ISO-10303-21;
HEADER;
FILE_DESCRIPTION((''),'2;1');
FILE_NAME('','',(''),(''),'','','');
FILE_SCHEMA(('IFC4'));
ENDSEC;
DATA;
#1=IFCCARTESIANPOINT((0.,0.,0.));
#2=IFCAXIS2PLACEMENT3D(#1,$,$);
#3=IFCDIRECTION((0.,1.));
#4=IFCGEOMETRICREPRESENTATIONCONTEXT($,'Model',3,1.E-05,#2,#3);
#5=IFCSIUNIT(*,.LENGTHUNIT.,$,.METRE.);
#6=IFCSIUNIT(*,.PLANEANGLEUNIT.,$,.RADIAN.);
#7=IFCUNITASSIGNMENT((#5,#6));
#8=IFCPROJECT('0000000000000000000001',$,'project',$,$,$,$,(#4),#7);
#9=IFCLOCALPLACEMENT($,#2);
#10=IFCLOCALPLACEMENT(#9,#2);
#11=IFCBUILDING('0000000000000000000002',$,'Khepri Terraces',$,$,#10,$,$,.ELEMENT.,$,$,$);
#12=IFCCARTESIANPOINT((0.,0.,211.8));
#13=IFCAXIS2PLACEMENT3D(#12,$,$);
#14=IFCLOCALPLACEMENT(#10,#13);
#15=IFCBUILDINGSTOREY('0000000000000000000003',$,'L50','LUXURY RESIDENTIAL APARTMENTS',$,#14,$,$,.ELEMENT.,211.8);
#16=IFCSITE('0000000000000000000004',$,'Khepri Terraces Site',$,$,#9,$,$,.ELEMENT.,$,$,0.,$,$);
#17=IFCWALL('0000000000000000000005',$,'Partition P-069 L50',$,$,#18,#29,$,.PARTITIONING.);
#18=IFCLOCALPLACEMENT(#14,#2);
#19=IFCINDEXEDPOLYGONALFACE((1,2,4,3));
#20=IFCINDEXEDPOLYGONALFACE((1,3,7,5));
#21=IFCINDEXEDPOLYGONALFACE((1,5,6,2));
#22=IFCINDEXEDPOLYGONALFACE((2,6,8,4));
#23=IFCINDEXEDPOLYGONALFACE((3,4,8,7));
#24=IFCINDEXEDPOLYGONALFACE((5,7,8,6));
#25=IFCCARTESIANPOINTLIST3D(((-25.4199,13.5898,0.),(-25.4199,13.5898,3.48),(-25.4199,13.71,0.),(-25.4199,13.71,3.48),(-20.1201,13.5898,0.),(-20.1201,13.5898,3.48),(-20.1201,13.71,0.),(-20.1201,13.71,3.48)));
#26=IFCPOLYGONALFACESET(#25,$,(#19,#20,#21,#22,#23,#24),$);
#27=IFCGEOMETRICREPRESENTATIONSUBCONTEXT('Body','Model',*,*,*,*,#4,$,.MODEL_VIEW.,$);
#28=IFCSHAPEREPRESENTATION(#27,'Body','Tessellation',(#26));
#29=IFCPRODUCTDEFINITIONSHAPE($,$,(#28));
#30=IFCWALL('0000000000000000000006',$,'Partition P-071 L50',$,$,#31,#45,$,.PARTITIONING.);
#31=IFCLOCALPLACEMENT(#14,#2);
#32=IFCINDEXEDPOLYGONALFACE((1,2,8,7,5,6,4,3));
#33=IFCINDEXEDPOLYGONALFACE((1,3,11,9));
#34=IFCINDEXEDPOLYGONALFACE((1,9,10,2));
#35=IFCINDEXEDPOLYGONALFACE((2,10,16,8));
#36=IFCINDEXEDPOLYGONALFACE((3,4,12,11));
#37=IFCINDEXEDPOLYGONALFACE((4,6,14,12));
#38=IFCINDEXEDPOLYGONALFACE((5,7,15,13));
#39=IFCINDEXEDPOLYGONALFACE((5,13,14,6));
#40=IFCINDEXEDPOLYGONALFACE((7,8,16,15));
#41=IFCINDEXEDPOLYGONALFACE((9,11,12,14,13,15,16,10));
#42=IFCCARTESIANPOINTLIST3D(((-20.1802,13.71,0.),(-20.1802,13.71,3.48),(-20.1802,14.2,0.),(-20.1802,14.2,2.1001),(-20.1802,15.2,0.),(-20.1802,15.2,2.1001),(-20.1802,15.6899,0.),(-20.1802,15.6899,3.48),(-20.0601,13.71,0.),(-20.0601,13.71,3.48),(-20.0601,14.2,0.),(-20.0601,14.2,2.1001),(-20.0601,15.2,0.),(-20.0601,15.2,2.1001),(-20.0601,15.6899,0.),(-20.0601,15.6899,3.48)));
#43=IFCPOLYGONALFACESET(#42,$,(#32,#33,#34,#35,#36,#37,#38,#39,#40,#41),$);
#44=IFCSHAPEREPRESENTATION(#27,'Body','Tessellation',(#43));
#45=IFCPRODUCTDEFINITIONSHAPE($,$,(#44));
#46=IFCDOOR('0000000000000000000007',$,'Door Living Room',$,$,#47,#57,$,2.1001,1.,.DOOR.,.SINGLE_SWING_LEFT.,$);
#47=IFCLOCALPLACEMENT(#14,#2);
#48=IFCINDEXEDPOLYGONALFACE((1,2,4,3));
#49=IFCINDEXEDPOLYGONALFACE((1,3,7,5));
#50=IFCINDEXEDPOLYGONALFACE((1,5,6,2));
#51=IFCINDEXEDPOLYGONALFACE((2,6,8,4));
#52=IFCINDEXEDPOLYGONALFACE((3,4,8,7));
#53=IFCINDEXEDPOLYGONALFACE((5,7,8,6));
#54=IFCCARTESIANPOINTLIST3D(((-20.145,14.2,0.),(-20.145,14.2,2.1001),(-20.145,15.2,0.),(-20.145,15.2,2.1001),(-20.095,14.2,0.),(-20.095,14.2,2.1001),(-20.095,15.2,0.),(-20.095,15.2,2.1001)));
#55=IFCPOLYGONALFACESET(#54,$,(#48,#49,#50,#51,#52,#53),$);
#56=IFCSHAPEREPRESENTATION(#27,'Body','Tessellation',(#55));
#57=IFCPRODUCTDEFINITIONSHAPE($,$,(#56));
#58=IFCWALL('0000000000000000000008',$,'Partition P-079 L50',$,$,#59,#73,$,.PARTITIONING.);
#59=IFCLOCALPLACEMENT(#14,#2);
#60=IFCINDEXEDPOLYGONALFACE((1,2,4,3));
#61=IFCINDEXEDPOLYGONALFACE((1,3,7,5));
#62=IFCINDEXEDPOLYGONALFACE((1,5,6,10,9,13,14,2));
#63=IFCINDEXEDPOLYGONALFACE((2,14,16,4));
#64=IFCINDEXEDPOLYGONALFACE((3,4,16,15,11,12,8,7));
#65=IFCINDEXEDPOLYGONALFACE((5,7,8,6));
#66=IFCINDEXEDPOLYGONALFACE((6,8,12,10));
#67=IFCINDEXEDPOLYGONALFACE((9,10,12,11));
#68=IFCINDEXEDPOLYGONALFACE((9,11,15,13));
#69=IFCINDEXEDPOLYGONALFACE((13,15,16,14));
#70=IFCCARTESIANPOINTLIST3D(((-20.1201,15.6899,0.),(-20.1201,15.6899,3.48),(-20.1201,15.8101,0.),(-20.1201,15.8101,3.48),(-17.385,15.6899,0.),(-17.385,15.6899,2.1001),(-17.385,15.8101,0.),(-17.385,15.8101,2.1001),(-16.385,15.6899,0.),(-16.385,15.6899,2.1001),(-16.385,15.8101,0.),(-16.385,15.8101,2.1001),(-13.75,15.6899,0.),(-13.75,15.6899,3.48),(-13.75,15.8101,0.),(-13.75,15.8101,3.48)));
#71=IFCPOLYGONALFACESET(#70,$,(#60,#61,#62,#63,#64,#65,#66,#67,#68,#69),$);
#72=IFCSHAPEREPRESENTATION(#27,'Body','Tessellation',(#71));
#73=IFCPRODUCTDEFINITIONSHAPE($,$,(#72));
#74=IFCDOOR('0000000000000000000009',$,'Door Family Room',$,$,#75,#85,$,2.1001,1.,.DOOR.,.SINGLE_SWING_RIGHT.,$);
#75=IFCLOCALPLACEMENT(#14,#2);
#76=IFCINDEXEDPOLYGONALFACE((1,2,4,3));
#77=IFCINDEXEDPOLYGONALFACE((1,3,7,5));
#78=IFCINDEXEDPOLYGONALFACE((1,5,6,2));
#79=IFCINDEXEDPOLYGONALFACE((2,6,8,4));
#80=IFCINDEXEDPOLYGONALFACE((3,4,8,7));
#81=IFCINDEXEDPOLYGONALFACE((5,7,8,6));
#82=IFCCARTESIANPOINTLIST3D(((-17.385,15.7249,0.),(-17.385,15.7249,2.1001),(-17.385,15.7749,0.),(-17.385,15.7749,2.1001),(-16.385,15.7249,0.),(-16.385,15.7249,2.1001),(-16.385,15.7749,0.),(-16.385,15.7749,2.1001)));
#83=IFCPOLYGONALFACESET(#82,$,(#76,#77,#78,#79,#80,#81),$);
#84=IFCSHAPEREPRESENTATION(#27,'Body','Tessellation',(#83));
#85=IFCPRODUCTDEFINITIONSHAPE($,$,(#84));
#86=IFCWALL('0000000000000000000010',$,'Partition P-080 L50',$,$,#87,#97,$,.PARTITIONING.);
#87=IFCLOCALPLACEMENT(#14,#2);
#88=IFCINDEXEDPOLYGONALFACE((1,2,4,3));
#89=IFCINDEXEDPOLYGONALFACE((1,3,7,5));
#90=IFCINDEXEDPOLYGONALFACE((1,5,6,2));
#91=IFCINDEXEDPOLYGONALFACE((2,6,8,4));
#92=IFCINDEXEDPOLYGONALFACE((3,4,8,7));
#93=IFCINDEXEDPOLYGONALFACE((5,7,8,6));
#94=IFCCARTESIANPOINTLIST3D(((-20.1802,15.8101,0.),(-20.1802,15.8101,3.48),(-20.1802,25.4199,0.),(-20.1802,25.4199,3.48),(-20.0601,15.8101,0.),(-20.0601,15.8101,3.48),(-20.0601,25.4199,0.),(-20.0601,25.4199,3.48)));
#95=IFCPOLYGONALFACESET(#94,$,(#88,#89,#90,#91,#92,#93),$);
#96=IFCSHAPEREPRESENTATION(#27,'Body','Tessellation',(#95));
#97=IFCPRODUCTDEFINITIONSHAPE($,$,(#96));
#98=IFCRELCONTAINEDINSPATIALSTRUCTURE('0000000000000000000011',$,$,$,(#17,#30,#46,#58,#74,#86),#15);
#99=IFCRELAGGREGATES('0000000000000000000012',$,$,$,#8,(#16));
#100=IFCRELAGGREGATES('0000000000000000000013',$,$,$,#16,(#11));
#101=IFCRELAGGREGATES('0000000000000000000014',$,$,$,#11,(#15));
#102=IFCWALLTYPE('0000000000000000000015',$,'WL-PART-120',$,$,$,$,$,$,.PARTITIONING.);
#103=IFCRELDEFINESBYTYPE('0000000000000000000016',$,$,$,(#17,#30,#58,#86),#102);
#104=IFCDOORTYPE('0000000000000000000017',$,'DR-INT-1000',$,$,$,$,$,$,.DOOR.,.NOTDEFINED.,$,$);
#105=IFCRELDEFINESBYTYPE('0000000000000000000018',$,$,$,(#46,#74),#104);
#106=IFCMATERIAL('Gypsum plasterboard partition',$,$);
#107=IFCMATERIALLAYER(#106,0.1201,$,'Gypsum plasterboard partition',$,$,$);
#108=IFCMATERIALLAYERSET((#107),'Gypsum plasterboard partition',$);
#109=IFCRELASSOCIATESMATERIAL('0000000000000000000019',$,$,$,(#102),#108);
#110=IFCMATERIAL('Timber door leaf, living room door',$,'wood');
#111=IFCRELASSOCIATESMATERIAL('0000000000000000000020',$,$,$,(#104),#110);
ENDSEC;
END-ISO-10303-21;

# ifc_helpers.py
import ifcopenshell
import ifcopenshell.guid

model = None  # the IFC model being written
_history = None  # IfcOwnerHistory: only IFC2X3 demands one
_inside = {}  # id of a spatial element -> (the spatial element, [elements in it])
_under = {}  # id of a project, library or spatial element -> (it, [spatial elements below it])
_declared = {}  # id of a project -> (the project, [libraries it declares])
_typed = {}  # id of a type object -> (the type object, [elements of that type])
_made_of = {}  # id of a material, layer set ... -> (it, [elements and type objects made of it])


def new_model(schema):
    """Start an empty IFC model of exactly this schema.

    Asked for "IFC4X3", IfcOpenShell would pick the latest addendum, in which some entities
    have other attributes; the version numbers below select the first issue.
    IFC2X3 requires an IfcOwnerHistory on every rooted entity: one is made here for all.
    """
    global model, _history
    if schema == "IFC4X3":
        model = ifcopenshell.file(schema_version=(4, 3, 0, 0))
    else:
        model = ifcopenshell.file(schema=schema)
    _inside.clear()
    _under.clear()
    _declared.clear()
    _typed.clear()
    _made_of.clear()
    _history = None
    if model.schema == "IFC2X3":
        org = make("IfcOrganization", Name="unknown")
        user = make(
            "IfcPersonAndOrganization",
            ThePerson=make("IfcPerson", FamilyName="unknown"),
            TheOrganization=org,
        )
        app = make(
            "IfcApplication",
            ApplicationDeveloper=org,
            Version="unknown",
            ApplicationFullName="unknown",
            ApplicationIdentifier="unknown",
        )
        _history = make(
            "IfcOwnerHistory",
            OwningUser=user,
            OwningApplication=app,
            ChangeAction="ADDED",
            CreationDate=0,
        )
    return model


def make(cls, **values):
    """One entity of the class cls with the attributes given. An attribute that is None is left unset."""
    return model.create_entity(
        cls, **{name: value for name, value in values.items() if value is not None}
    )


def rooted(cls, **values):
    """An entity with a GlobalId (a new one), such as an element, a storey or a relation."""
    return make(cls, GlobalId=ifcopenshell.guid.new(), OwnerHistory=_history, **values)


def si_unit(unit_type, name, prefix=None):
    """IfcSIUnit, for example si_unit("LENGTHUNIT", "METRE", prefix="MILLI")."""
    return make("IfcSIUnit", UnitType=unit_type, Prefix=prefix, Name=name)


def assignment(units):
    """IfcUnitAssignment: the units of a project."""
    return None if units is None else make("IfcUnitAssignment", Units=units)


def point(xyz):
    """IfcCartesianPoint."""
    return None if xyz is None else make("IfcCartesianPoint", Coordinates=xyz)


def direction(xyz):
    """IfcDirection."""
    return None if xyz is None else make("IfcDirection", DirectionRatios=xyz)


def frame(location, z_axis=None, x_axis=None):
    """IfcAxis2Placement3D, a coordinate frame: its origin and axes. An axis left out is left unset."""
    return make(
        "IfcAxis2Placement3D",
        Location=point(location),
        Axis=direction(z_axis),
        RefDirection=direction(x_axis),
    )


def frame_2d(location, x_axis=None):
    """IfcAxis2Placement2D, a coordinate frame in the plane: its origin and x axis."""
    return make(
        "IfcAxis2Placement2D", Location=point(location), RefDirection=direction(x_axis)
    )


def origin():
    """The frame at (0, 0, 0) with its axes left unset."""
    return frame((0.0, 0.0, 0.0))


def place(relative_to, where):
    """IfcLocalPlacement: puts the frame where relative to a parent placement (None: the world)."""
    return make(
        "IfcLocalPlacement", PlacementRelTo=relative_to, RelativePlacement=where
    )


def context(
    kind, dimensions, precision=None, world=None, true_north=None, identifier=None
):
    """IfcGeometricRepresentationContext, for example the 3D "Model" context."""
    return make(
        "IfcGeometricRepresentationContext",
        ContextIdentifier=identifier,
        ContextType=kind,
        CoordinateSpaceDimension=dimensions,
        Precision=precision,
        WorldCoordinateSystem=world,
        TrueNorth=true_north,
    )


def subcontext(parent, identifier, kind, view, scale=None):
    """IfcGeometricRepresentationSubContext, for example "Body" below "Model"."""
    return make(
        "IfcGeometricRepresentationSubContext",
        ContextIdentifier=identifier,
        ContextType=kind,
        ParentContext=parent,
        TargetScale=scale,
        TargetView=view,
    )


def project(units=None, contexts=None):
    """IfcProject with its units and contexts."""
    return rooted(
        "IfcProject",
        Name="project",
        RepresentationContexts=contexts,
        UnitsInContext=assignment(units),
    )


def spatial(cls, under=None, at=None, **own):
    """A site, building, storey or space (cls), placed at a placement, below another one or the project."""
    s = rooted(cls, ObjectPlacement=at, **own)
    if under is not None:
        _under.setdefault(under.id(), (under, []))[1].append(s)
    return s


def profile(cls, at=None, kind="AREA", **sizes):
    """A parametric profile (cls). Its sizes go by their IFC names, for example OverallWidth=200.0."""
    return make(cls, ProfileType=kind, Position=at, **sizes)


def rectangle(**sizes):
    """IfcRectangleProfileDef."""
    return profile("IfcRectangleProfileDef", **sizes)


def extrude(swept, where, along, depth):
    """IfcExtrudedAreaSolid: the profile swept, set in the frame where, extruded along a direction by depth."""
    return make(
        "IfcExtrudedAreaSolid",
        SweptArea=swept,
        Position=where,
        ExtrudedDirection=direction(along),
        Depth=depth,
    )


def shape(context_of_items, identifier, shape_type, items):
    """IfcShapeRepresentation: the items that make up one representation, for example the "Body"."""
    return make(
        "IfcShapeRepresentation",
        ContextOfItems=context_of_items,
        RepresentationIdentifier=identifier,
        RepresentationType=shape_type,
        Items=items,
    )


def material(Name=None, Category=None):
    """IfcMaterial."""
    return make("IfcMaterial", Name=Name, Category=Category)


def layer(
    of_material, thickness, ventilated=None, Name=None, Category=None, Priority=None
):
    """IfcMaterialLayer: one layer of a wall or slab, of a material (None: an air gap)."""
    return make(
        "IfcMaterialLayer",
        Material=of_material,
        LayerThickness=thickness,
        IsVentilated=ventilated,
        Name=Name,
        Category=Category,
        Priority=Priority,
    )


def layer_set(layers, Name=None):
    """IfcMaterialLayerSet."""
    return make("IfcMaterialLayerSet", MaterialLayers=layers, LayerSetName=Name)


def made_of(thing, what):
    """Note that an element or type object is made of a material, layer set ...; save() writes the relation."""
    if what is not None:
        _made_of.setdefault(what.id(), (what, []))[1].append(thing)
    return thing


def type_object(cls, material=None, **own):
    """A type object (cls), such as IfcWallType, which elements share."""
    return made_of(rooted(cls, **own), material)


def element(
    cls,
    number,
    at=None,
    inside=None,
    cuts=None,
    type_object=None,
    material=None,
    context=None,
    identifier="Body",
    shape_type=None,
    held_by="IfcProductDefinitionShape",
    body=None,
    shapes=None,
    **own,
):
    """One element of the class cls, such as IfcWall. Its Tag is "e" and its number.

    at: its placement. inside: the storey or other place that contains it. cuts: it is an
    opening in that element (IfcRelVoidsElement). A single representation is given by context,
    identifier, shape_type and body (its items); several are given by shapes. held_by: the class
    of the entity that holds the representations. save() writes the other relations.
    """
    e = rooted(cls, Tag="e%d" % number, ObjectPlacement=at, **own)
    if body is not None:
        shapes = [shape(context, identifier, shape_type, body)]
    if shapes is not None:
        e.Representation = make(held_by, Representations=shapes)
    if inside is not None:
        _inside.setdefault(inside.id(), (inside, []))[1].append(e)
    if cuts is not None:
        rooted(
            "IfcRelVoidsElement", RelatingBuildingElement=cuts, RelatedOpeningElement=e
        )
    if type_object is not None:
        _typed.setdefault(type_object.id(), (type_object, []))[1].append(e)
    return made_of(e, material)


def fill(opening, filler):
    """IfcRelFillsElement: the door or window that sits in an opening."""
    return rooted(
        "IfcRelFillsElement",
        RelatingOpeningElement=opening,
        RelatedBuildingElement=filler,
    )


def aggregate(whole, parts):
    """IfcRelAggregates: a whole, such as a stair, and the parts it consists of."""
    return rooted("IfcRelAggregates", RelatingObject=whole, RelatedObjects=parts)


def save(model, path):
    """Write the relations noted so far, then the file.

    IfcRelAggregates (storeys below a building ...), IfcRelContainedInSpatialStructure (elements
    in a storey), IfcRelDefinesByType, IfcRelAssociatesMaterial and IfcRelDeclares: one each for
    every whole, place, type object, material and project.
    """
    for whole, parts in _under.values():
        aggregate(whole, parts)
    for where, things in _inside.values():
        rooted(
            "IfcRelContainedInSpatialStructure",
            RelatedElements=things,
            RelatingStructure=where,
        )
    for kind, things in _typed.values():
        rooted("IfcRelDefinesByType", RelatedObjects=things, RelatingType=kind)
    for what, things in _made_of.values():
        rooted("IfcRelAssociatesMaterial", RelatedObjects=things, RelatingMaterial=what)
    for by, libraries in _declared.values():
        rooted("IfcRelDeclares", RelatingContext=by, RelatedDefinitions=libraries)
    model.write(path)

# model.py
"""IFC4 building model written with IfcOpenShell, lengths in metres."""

from ifc_helpers import new_model, si_unit, direction, frame, frame_2d, origin, place, context, subcontext, project, spatial, rectangle, extrude, material, layer, layer_set, type_object, element, fill, save


model = new_model("IFC4")

# Units and contexts
model_context = context("Model", 3, precision=1e-05, world=origin(), true_north=direction((0.0, 1.0)))
body_context = subcontext(model_context, "Body", "Model", "MODEL_VIEW")
ifc_project = project(units=[si_unit("LENGTHUNIT", "METRE"), si_unit("PLANEANGLEUNIT", "RADIAN")], contexts=[model_context])

# Site, building, storey
site_placement = place(None, origin())
site = spatial("IfcSite", under=ifc_project, at=site_placement, Name="Khepri Terraces Site", CompositionType="ELEMENT", RefElevation=0.0)
building_placement = place(site_placement, origin())
building = spatial("IfcBuilding", under=site, at=building_placement, Name="Khepri Terraces", CompositionType="ELEMENT")
storey_placement = place(building_placement, frame((0.0, 0.0, 211.8)))
storey = spatial("IfcBuildingStorey", under=building, at=storey_placement, Name="L50", Description="LUXURY RESIDENTIAL APARTMENTS", CompositionType="ELEMENT", Elevation=211.8)

# Shared definitions
ifc_material_1 = material(Name="Gypsum plasterboard partition")
ifc_layer_1 = layer(ifc_material_1, 0.1201, Name="Gypsum plasterboard partition")
ifc_layer_set_1 = layer_set([ifc_layer_1], Name="Gypsum plasterboard partition")
wall_type_1 = type_object("IfcWallType", Name="WL-PART-120", PredefinedType="PARTITIONING", material=ifc_layer_set_1)

# Wall
wall_1_placement = place(storey_placement, frame((-25.4199, 13.6499, 0.0), z_axis=(0.0, 0.0, 1.0), x_axis=(1.0, 0.0, 0.0)))
element("IfcWall", 1, at=wall_1_placement, inside=storey, type_object=wall_type_1, Name="Partition P-069 L50", PredefinedType="PARTITIONING", context=body_context, shape_type="SweptSolid", body=[
    extrude(rectangle(XDim=5.2998, YDim=0.1201, at=frame_2d((2.6499, 0.0))), origin(), (0.0, 0.0, 1.0), 3.48),
])

# Walls, openings, doors
wall_2_placement = place(storey_placement, frame((-20.1201, 13.71, 0.0), z_axis=(0.0, 0.0, 1.0), x_axis=(0.0, 1.0, 0.0)))
wall_2 = element("IfcWall", 2, at=wall_2_placement, inside=storey, type_object=wall_type_1, Name="Partition P-071 L50", PredefinedType="PARTITIONING", context=body_context, shape_type="SweptSolid", body=[
    extrude(rectangle(XDim=1.98, YDim=0.1201, at=frame_2d((0.99, 0.0))), origin(), (0.0, 0.0, 1.0), 3.48),
])
opening_1_placement = place(wall_2_placement, frame((0.49, 0.0, 0.0)))
opening_1 = element("IfcOpeningElement", 3, at=opening_1_placement, cuts=wall_2, PredefinedType="OPENING", context=body_context, shape_type="SweptSolid", body=[
    extrude(rectangle(XDim=1.0, YDim=2.1001, at=frame_2d((0.5, 1.05))), frame((0.0, 0.0701, 0.0), z_axis=(0.0, -1.0, 0.0), x_axis=(1.0, 0.0, 0.0)), (0.0, 0.0, 1.0), 0.1401),
])
ifc_material_2 = material(Name="Timber door leaf, living room door", Category="wood")
door_type_1 = type_object("IfcDoorType", Name="DR-INT-1000", OperationType="NOTDEFINED", PredefinedType="DOOR", material=ifc_material_2)
door_1_placement = place(opening_1_placement, origin())
door_1 = element("IfcDoor", 4, at=door_1_placement, inside=storey, type_object=door_type_1, Name="Door Living Room", OperationType="SINGLE_SWING_LEFT", OverallHeight=2.1001, OverallWidth=1.0, PredefinedType="DOOR", context=body_context, shape_type="SweptSolid", body=[
    extrude(rectangle(XDim=1.0, YDim=2.1001, at=frame_2d((0.5, 1.05))), frame((0.0, 0.0249, 0.0), z_axis=(0.0, -1.0, 0.0), x_axis=(1.0, 0.0, 0.0)), (0.0, 0.0, 1.0), 0.05),
])
fill(opening_1, door_1)
wall_3_placement = place(storey_placement, frame((-20.1201, 15.75, 0.0), z_axis=(0.0, 0.0, 1.0), x_axis=(1.0, 0.0, 0.0)))
wall_3 = element("IfcWall", 5, at=wall_3_placement, inside=storey, type_object=wall_type_1, Name="Partition P-079 L50", PredefinedType="PARTITIONING", context=body_context, shape_type="SweptSolid", body=[
    extrude(rectangle(XDim=6.3701, YDim=0.1201, at=frame_2d((3.1851, 0.0))), origin(), (0.0, 0.0, 1.0), 3.48),
])
opening_2_placement = place(wall_3_placement, frame((2.7351, 0.0, 0.0)))
opening_2 = element("IfcOpeningElement", 6, at=opening_2_placement, cuts=wall_3, PredefinedType="OPENING", context=body_context, shape_type="SweptSolid", body=[
    extrude(rectangle(XDim=1.0, YDim=2.1001, at=frame_2d((0.5, 1.05))), frame((0.0, 0.0701, 0.0), z_axis=(0.0, -1.0, 0.0), x_axis=(1.0, 0.0, 0.0)), (0.0, 0.0, 1.0), 0.1401),
])
door_2_placement = place(opening_2_placement, origin())
door_2 = element("IfcDoor", 7, at=door_2_placement, inside=storey, type_object=door_type_1, Name="Door Family Room", OperationType="SINGLE_SWING_RIGHT", OverallHeight=2.1001, OverallWidth=1.0, PredefinedType="DOOR", context=body_context, shape_type="SweptSolid", body=[
    extrude(rectangle(XDim=1.0, YDim=2.1001, at=frame_2d((0.5, 1.05))), frame((0.0, 0.0249, 0.0), z_axis=(0.0, -1.0, 0.0), x_axis=(1.0, 0.0, 0.0)), (0.0, 0.0, 1.0), 0.05),
])
fill(opening_2, door_2)

# Wall
wall_4_placement = place(storey_placement, frame((-20.1201, 15.8101, 0.0), z_axis=(0.0, 0.0, 1.0), x_axis=(0.0, 1.0, 0.0)))
element("IfcWall", 8, at=wall_4_placement, inside=storey, type_object=wall_type_1, Name="Partition P-080 L50", PredefinedType="PARTITIONING", context=body_context, shape_type="SweptSolid", body=[
    extrude(rectangle(XDim=9.6099, YDim=0.1201, at=frame_2d((4.8049, 0.0))), origin(), (0.0, 0.0, 1.0), 3.48),
])

save(model, "model.ifc")
